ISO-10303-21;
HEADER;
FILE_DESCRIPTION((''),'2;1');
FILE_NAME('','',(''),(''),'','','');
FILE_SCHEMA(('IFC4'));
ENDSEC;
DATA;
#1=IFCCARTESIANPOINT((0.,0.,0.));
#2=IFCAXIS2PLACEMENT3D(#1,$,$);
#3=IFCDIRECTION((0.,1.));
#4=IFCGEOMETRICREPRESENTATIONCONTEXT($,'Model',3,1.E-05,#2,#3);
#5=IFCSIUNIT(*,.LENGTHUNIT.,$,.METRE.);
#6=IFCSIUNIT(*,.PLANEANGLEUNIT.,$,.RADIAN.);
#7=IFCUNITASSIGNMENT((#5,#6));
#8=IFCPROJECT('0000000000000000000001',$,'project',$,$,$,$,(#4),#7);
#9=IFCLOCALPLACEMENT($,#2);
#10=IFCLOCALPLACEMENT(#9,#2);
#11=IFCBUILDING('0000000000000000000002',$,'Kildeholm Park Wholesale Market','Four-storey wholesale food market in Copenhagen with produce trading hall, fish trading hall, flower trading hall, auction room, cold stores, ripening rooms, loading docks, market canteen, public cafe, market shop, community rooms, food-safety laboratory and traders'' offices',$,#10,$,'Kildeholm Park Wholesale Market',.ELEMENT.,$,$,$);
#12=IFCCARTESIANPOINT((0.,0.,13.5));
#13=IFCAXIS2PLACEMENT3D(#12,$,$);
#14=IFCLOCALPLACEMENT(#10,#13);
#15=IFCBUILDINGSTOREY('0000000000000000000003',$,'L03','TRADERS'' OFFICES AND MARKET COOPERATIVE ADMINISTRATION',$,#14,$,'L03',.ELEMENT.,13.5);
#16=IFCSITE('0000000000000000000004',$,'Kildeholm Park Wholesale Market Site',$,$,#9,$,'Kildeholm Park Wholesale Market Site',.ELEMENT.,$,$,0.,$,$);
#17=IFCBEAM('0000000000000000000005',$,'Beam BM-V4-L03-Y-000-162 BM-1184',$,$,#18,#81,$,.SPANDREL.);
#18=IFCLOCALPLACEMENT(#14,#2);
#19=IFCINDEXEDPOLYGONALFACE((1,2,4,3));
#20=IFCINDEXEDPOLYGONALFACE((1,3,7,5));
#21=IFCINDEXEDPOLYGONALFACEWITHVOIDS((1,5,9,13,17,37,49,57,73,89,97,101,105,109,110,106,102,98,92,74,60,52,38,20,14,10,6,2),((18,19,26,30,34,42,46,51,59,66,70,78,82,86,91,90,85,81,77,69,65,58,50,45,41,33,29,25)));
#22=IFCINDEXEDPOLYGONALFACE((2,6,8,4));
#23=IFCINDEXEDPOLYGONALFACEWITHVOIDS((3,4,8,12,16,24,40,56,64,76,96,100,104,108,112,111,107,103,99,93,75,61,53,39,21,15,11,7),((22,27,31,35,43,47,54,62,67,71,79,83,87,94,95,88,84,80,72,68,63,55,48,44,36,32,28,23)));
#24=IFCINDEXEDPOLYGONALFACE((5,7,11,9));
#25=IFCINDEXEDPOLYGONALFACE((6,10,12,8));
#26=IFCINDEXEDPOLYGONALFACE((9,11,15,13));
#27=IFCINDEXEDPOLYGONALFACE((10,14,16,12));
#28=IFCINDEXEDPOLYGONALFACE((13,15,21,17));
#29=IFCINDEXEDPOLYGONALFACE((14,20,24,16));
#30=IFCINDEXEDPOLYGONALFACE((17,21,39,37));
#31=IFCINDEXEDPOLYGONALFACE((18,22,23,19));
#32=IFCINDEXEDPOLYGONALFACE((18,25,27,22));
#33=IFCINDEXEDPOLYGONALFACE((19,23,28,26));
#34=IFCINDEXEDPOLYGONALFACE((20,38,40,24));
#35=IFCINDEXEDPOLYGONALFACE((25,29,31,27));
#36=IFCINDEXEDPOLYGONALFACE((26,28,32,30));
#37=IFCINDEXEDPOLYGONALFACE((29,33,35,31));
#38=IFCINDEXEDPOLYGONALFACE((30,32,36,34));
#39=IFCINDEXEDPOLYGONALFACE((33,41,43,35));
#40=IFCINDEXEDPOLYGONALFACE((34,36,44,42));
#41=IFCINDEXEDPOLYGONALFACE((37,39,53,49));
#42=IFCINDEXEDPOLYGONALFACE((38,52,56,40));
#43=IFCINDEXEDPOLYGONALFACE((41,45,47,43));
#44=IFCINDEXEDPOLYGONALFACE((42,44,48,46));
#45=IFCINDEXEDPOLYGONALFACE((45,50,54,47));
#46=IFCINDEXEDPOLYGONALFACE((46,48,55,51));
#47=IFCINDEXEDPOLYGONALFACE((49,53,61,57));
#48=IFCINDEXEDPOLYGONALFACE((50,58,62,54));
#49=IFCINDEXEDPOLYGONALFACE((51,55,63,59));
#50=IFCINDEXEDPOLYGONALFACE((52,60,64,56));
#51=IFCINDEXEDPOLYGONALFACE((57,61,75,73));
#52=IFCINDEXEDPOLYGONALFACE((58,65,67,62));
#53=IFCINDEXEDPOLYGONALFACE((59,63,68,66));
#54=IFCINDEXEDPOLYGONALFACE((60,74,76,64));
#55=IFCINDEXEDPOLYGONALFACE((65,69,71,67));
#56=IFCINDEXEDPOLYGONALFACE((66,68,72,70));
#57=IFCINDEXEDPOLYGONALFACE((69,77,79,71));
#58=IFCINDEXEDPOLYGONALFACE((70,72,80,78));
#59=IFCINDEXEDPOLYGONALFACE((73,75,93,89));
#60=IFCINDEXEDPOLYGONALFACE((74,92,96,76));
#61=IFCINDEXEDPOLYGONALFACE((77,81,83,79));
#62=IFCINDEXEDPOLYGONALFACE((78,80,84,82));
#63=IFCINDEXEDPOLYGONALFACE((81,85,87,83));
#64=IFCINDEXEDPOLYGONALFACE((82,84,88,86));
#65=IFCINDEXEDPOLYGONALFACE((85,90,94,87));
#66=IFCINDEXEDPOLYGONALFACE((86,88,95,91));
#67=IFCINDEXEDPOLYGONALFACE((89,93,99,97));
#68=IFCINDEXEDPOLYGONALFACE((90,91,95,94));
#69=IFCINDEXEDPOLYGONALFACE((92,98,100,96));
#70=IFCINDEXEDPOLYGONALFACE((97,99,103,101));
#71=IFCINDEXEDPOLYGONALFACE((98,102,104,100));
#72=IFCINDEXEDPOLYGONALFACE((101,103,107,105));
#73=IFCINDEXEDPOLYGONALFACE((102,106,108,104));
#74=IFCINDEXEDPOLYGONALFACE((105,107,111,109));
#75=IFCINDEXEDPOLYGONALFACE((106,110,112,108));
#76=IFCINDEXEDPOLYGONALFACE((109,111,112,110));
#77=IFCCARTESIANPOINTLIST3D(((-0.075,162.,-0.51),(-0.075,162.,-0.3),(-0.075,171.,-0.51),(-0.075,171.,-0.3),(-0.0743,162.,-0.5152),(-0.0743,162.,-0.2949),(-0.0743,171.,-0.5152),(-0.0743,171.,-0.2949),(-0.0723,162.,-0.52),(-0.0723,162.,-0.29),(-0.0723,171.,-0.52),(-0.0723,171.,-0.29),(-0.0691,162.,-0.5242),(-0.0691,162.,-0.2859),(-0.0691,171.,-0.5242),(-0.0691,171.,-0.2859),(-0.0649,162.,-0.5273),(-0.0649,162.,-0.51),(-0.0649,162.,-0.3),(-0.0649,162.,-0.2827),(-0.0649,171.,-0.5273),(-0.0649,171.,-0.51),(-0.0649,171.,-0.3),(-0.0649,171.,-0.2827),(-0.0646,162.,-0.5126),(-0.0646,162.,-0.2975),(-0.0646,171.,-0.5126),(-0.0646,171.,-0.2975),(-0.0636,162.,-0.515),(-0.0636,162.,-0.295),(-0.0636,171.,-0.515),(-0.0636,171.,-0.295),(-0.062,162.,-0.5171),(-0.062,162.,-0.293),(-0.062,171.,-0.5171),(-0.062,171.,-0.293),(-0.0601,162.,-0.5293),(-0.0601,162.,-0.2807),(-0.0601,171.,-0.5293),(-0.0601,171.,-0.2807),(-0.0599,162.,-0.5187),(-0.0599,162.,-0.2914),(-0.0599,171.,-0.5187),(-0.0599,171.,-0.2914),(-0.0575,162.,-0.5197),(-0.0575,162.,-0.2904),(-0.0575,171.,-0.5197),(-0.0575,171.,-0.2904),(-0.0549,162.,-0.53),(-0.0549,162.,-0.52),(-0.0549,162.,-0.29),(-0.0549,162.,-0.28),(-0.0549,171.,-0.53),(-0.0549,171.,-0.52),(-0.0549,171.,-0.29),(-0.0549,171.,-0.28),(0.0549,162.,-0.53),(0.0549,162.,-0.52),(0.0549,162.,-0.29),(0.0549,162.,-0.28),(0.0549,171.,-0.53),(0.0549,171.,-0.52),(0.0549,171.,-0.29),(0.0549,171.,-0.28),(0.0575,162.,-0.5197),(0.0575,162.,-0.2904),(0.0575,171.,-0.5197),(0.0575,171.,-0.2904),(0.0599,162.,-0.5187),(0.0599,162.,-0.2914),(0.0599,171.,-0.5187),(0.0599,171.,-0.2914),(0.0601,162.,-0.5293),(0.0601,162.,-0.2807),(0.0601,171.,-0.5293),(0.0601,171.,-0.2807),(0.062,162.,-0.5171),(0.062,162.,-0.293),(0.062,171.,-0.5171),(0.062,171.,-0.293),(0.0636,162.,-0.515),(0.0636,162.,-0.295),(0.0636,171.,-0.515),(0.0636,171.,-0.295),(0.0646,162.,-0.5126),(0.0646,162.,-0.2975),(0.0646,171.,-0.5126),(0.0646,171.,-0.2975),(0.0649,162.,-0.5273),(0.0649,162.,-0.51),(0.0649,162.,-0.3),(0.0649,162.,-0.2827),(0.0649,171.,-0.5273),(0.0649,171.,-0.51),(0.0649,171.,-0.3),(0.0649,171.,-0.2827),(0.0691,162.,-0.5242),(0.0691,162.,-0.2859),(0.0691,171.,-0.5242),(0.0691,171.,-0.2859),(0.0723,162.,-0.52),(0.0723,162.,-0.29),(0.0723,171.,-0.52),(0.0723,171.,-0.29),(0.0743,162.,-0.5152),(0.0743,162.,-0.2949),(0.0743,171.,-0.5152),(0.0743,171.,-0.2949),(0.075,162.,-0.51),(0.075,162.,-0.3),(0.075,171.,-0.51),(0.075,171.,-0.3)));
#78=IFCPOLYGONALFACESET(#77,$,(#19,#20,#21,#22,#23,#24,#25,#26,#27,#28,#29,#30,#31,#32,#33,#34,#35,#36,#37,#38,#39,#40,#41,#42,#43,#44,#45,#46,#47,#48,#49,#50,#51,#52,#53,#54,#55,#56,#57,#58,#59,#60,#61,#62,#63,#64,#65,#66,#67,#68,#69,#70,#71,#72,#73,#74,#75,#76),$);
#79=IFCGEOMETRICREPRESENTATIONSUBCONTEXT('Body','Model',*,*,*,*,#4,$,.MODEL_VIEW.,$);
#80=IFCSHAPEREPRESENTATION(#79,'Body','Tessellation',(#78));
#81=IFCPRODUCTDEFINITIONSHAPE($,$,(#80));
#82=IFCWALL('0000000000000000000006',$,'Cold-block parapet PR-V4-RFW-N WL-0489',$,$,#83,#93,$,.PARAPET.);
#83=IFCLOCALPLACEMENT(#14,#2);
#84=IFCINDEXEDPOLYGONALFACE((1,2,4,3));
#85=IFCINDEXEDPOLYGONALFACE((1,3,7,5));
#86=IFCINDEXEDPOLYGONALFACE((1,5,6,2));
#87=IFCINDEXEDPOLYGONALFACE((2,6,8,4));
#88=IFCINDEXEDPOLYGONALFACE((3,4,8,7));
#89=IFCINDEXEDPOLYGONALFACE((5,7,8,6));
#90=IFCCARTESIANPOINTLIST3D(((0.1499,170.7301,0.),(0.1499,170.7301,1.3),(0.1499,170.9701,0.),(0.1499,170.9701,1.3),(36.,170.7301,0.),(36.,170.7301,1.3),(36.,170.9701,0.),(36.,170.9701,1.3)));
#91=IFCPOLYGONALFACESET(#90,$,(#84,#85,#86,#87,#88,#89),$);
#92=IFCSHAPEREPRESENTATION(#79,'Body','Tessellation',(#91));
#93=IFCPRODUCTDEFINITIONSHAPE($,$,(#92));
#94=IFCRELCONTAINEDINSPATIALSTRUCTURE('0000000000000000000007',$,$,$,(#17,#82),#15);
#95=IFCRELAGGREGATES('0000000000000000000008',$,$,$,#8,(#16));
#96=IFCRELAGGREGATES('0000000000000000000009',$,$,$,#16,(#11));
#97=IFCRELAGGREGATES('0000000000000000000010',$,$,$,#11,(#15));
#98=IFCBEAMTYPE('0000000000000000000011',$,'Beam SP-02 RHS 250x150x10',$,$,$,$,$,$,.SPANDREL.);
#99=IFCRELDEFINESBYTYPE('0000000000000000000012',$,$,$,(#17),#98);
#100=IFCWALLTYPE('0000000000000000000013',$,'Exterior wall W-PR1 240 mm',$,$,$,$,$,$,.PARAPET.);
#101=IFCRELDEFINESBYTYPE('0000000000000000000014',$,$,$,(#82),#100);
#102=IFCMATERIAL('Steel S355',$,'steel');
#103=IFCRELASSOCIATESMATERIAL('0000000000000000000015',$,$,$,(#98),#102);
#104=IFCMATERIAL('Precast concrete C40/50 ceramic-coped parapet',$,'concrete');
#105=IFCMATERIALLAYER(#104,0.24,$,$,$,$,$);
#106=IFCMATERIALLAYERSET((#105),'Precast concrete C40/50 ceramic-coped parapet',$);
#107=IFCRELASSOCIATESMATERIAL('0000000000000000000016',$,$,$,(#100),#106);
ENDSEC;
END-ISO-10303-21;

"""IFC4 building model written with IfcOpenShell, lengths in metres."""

from ifc_helpers import new_model, si_unit, direction, frame, frame_2d, origin, origin_2d, place, context, subcontext, project, spatial, rectangle, hollow_rectangle, extrude, material, layer, layer_set, material_profile, profile_set, type_object, element, save


model = new_model("IFC4")

# Units and contexts
model_context = context("Model", 3, precision=1e-05, world=origin(), true_north=direction((0.0, 1.0)))
body_context = subcontext(model_context, "Body", "Model", "MODEL_VIEW")
ifc_project = project(units=[si_unit("LENGTHUNIT", "METRE"), si_unit("PLANEANGLEUNIT", "RADIAN")], contexts=[model_context])

# Site, building, storey
site_placement = place(None, origin())
site = spatial("IfcSite", under=ifc_project, at=site_placement, Name="Kildeholm Park Wholesale Market Site", LongName="Kildeholm Park Wholesale Market Site", CompositionType="ELEMENT", RefElevation=0.0)
building_placement = place(site_placement, origin())
building = spatial("IfcBuilding", under=site, at=building_placement, Name="Kildeholm Park Wholesale Market", Description="Four-storey wholesale food market in Copenhagen with produce trading hall, fish trading hall, flower trading hall, auction room, cold stores, ripening rooms, loading docks, market canteen, public cafe, market shop, community rooms, food-safety laboratory and traders' offices", LongName="Kildeholm Park Wholesale Market", CompositionType="ELEMENT")
storey_placement = place(building_placement, frame((0.0, 0.0, 13.5)))
storey = spatial("IfcBuildingStorey", under=building, at=storey_placement, Name="L03", Description="TRADERS' OFFICES AND MARKET COOPERATIVE ADMINISTRATION", LongName="L03", CompositionType="ELEMENT", Elevation=13.5)

# Beam
ifc_material_1 = material(Name="Steel S355", Category="steel")
ifc_material_profile_1 = material_profile(ifc_material_1, hollow_rectangle(XDim=0.1499, YDim=0.25, WallThickness=0.01, InnerFilletRadius=0.01, OuterFilletRadius=0.02, at=origin_2d()), Name="RHS 250x150x10")
ifc_profile_set_1 = profile_set([ifc_material_profile_1], Name="Steel S355")
beam_type_1 = type_object("IfcBeamType", Name="Beam SP-02 RHS 250x150x10", PredefinedType="SPANDREL", material=ifc_profile_set_1)
for number, where, z_axis, x_axis, name in (
    (1, (0.0, 162.0, -0.405), (0.0, 1.0, 0.0), (-1.0, 0.0, 0.0), "Beam BM-V4-L03-Y-000-162 BM-1184"),
):
    element("IfcBeam", number, at=place(storey_placement, frame(where, z_axis=z_axis, x_axis=x_axis)), inside=storey, type_object=beam_type_1, Name=name, PredefinedType="SPANDREL", context=body_context, shape_type="SweptSolid", body=[
        extrude(hollow_rectangle(XDim=0.1499, YDim=0.25, WallThickness=0.01, InnerFilletRadius=0.01, OuterFilletRadius=0.02, at=origin_2d()), origin(), (0.0, 0.0, 1.0), 9.0),
    ])

# Wall
ifc_material_2 = material(Name="Precast concrete C40/50 ceramic-coped parapet", Category="concrete")
ifc_layer = layer(ifc_material_2, 0.24)
ifc_layer_set = layer_set([ifc_layer], Name="Precast concrete C40/50 ceramic-coped parapet")
wall_type = type_object("IfcWallType", Name="Exterior wall W-PR1 240 mm", PredefinedType="PARAPET", material=ifc_layer_set)
wall_placement = place(storey_placement, frame((0.1499, 170.8501, 0.0), z_axis=(0.0, 0.0, 1.0), x_axis=(1.0, 0.0, 0.0)))
element("IfcWall", 2, at=wall_placement, inside=storey, type_object=wall_type, Name="Cold-block parapet PR-V4-RFW-N WL-0489", PredefinedType="PARAPET", context=body_context, shape_type="SweptSolid", body=[
    extrude(rectangle(XDim=35.8501, YDim=0.24, at=frame_2d((17.925, 0.0))), origin(), (0.0, 0.0, 1.0), 1.3),
])

save(model, "model.ifc")
